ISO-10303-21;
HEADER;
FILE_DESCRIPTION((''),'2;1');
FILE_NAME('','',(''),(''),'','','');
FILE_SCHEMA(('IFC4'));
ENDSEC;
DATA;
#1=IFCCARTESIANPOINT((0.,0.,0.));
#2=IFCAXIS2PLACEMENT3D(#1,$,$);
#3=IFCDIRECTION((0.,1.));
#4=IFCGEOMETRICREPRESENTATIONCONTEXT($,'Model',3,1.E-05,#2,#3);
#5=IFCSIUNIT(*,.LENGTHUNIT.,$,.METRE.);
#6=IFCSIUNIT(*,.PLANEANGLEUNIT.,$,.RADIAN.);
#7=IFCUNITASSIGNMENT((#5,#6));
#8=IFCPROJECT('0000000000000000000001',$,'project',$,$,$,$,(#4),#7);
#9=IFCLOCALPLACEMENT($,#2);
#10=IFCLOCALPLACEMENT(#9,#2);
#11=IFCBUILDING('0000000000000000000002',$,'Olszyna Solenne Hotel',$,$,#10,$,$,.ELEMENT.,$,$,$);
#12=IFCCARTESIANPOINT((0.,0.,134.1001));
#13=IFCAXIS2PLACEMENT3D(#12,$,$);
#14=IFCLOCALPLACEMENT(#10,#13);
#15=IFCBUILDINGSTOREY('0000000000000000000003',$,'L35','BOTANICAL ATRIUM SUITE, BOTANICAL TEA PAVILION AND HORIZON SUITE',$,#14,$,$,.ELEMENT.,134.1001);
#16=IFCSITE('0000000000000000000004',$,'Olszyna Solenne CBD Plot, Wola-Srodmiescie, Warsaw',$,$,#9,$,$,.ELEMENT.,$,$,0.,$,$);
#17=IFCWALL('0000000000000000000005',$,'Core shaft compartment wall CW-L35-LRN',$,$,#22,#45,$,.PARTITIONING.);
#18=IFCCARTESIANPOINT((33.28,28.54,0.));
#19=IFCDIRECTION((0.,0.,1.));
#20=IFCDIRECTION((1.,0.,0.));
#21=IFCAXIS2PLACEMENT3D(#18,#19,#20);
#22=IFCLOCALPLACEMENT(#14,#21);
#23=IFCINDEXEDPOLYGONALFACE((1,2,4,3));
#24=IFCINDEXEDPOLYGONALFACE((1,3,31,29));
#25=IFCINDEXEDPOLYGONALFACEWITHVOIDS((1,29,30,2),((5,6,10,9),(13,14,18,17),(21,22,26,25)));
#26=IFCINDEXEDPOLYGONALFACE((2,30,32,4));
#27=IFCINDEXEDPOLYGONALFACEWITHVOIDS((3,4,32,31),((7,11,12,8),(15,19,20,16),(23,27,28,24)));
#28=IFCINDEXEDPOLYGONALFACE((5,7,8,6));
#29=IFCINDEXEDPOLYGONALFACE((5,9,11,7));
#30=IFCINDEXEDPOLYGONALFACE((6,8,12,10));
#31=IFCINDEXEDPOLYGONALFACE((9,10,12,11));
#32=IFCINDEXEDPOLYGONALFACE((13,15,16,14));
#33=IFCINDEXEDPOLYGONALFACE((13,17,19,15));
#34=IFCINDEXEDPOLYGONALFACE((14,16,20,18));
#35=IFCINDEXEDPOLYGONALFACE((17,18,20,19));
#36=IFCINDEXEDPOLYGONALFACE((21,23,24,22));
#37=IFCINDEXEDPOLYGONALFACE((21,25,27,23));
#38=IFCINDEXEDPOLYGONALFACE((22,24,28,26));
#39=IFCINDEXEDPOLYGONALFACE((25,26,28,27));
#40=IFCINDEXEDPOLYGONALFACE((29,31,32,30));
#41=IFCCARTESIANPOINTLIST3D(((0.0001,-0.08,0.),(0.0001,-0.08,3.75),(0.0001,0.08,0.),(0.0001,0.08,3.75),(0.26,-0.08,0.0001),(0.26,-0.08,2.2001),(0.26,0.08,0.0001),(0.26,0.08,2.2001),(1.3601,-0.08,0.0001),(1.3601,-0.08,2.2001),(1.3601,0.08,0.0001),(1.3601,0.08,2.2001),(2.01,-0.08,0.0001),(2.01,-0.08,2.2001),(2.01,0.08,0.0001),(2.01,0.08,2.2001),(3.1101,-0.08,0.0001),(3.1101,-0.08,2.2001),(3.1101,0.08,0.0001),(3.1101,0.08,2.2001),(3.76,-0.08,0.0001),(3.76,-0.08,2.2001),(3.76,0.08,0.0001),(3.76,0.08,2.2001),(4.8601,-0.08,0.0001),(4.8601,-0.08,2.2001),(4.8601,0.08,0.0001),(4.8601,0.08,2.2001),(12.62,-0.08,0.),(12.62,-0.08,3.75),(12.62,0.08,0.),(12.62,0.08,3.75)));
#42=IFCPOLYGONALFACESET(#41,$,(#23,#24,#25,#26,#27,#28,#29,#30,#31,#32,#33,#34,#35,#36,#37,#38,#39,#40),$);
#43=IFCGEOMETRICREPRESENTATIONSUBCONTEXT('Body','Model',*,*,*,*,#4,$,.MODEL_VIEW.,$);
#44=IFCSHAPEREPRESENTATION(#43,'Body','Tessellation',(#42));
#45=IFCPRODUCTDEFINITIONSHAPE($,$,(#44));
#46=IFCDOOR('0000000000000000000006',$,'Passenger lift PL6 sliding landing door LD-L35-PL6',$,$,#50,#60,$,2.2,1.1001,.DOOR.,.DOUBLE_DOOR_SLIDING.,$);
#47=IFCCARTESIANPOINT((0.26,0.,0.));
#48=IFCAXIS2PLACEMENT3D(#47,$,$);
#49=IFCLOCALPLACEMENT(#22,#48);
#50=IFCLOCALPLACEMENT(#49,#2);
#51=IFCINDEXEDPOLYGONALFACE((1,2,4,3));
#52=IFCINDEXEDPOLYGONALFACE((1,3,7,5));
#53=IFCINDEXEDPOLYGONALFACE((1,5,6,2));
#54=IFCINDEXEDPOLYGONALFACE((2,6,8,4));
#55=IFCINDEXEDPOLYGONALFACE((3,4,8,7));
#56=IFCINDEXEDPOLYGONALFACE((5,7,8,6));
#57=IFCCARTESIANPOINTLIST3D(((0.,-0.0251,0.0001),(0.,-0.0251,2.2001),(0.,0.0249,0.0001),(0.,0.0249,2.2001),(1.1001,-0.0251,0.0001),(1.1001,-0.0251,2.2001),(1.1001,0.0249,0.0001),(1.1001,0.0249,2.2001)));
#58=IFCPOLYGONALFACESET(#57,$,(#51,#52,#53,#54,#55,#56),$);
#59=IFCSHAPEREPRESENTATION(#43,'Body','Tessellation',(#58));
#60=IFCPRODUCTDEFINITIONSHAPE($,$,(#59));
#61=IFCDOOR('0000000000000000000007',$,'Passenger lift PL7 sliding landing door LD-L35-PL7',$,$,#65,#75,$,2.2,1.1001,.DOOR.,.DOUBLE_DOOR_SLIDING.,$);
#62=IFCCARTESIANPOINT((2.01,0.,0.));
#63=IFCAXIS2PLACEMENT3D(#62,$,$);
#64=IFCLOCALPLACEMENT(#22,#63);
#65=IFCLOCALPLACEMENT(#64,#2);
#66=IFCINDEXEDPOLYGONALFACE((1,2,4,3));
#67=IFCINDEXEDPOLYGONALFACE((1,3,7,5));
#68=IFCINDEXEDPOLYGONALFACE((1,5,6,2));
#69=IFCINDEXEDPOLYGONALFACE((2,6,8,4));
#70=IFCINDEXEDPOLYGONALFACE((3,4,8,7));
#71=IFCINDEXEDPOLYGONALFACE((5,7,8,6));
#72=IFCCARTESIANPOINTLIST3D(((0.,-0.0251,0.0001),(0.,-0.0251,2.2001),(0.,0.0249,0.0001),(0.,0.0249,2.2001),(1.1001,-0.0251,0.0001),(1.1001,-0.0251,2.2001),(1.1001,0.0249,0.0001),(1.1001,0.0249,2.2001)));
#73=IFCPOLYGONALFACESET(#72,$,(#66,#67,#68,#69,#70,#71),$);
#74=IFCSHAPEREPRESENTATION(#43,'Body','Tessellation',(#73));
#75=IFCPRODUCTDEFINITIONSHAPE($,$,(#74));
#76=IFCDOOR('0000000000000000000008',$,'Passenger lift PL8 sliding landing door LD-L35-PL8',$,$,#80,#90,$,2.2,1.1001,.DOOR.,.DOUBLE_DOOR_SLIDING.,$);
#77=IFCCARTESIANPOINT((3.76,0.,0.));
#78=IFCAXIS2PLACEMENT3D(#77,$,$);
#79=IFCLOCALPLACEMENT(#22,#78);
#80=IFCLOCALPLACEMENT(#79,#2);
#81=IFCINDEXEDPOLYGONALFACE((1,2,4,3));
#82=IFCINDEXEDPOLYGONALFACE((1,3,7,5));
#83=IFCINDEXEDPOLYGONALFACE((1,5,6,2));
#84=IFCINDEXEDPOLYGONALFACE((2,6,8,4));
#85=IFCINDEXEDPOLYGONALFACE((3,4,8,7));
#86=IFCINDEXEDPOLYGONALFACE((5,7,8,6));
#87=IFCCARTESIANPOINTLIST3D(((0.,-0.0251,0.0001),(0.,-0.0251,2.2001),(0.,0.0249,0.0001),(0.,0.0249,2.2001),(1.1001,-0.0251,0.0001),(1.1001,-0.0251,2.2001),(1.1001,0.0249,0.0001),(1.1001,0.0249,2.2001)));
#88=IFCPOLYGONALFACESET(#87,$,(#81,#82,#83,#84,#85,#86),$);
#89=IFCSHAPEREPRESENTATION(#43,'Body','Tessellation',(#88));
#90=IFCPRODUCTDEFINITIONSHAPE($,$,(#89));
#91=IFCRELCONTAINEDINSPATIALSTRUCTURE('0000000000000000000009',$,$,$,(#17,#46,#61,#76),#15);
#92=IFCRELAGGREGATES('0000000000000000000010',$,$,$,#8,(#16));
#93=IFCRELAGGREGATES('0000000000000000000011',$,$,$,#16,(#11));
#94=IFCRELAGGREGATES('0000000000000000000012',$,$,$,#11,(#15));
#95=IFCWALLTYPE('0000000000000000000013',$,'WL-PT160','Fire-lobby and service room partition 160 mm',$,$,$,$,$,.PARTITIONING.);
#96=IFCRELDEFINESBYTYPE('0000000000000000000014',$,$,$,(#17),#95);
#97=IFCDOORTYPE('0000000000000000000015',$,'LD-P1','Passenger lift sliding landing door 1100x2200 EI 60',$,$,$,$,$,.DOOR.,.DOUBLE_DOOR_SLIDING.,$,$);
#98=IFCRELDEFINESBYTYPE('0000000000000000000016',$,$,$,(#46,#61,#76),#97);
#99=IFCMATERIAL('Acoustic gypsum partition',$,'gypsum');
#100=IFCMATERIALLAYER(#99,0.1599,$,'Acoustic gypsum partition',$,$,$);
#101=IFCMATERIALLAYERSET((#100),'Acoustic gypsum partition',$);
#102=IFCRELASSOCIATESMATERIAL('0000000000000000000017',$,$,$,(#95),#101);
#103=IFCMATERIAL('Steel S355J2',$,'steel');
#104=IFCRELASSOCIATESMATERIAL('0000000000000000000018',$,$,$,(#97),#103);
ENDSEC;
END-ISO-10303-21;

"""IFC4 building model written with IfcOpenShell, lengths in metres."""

from ifc_helpers import new_model, si_unit, direction, frame, frame_2d, origin, place, context, subcontext, project, spatial, rectangle, extrude, source, transform, mapped, material, layer, layer_set, type_object, type_shapes, element, fill, save


model = new_model("IFC4")

# Units and contexts
model_context = context("Model", 3, precision=1e-05, world=origin(), true_north=direction((0.0, 1.0)))
body_context = subcontext(model_context, "Body", "Model", "MODEL_VIEW")
ifc_project = project(units=[si_unit("LENGTHUNIT", "METRE"), si_unit("PLANEANGLEUNIT", "RADIAN")], contexts=[model_context])

# Site, building, storey
site_placement = place(None, origin())
site = spatial("IfcSite", under=ifc_project, at=site_placement, Name="Olszyna Solenne CBD Plot, Wola-Srodmiescie, Warsaw", CompositionType="ELEMENT", RefElevation=0.0)
building_placement = place(site_placement, origin())
building = spatial("IfcBuilding", under=site, at=building_placement, Name="Olszyna Solenne Hotel", CompositionType="ELEMENT")
storey_placement = place(building_placement, frame((0.0, 0.0, 134.1001)))
storey = spatial("IfcBuildingStorey", under=building, at=storey_placement, Name="L35", Description="BOTANICAL ATRIUM SUITE, BOTANICAL TEA PAVILION AND HORIZON SUITE", CompositionType="ELEMENT", Elevation=134.1001)

# Shared definitions
ifc_material_1 = material(Name="Steel S355J2", Category="steel")

# Shared definitions
ifc_material_2 = material(Name="Acoustic gypsum partition", Category="gypsum")
ifc_layer = layer(ifc_material_2, 0.1599, Name="Acoustic gypsum partition")
ifc_layer_set = layer_set([ifc_layer], Name="Acoustic gypsum partition")
wall_type = type_object("IfcWallType", Name="WL-PT160", Description="Fire-lobby and service room partition 160 mm", PredefinedType="PARTITIONING", material=ifc_layer_set)

# Wall, openings, doors
door_type_1 = type_object("IfcDoorType", Name="LD-P1", Description="Passenger lift sliding landing door 1100x2200 EI 60", OperationType="DOUBLE_DOOR_SLIDING", PredefinedType="DOOR", material=ifc_material_1)
shared_shape_1 = source(origin(), body_context, "Body", "SweptSolid", [
    extrude(rectangle(XDim=1.1001, YDim=2.2, at=frame_2d((0.55, 1.1001))), frame((0.0, 0.0249, 0.0), z_axis=(0.0, -1.0, 0.0), x_axis=(1.0, 0.0, 0.0)), (0.0, 0.0, 1.0), 0.05),
])
type_shapes(door_type_1, [shared_shape_1])
wall_1_placement = place(storey_placement, frame((33.28, 28.54, 0.0), z_axis=(0.0, 0.0, 1.0), x_axis=(1.0, 0.0, 0.0)))
wall_1 = element("IfcWall", 1, at=wall_1_placement, inside=storey, type_object=wall_type, Name="Core shaft compartment wall CW-L35-LRN", PredefinedType="PARTITIONING", context=body_context, shape_type="SweptSolid", body=[
    extrude(rectangle(XDim=12.6199, YDim=0.1599, at=frame_2d((6.3101, 0.0))), origin(), (0.0, 0.0, 1.0), 3.75),
])
opening_1_placement = place(wall_1_placement, frame((0.26, 0.0, 0.0)))
opening_1 = element("IfcOpeningElement", 2, at=opening_1_placement, cuts=wall_1, PredefinedType="OPENING", context=body_context, shape_type="SweptSolid", body=[
    extrude(rectangle(XDim=1.1001, YDim=2.2, at=frame_2d((0.55, 1.1001))), frame((0.0, 0.0898, 0.0), z_axis=(0.0, -1.0, 0.0), x_axis=(1.0, 0.0, 0.0)), (0.0, 0.0, 1.0), 0.1799),
])
opening_2_placement = place(wall_1_placement, frame((2.01, 0.0, 0.0)))
opening_2 = element("IfcOpeningElement", 3, at=opening_2_placement, cuts=wall_1, PredefinedType="OPENING", context=body_context, shape_type="SweptSolid", body=[
    extrude(rectangle(XDim=1.1001, YDim=2.2, at=frame_2d((0.55, 1.1001))), frame((0.0, 0.0898, 0.0), z_axis=(0.0, -1.0, 0.0), x_axis=(1.0, 0.0, 0.0)), (0.0, 0.0, 1.0), 0.1799),
])
opening_3_placement = place(wall_1_placement, frame((3.76, 0.0, 0.0)))
opening_3 = element("IfcOpeningElement", 4, at=opening_3_placement, cuts=wall_1, PredefinedType="OPENING", context=body_context, shape_type="SweptSolid", body=[
    extrude(rectangle(XDim=1.1001, YDim=2.2, at=frame_2d((0.55, 1.1001))), frame((0.0, 0.0898, 0.0), z_axis=(0.0, -1.0, 0.0), x_axis=(1.0, 0.0, 0.0)), (0.0, 0.0, 1.0), 0.1799),
])
door_1_placement = place(opening_1_placement, origin())
door_1 = element("IfcDoor", 5, at=door_1_placement, inside=storey, type_object=door_type_1, Name="Passenger lift PL6 sliding landing door LD-L35-PL6", OperationType="DOUBLE_DOOR_SLIDING", OverallHeight=2.2, OverallWidth=1.1001, PredefinedType="DOOR", context=body_context, shape_type="MappedRepresentation", body=[
    mapped(shared_shape_1, transform((0.0, 0.0, 0.0), x_axis=(1.0, 0.0, 0.0), y_axis=(0.0, 1.0, 0.0), z_axis=(0.0, 0.0, 1.0), scale=1.0)),
])
fill(opening_1, door_1)
door_2_placement = place(opening_2_placement, origin())
door_2 = element("IfcDoor", 6, at=door_2_placement, inside=storey, type_object=door_type_1, Name="Passenger lift PL7 sliding landing door LD-L35-PL7", OperationType="DOUBLE_DOOR_SLIDING", OverallHeight=2.2, OverallWidth=1.1001, PredefinedType="DOOR", context=body_context, shape_type="MappedRepresentation", body=[
    mapped(shared_shape_1, transform((0.0, 0.0, 0.0), x_axis=(1.0, 0.0, 0.0), y_axis=(0.0, 1.0, 0.0), z_axis=(0.0, 0.0, 1.0), scale=1.0)),
])
fill(opening_2, door_2)
door_3_placement = place(opening_3_placement, origin())
door_3 = element("IfcDoor", 7, at=door_3_placement, inside=storey, type_object=door_type_1, Name="Passenger lift PL8 sliding landing door LD-L35-PL8", OperationType="DOUBLE_DOOR_SLIDING", OverallHeight=2.2, OverallWidth=1.1001, PredefinedType="DOOR", context=body_context, shape_type="MappedRepresentation", body=[
    mapped(shared_shape_1, transform((0.0, 0.0, 0.0), x_axis=(1.0, 0.0, 0.0), y_axis=(0.0, 1.0, 0.0), z_axis=(0.0, 0.0, 1.0), scale=1.0)),
])
fill(opening_3, door_3)

save(model, "model.ifc")
